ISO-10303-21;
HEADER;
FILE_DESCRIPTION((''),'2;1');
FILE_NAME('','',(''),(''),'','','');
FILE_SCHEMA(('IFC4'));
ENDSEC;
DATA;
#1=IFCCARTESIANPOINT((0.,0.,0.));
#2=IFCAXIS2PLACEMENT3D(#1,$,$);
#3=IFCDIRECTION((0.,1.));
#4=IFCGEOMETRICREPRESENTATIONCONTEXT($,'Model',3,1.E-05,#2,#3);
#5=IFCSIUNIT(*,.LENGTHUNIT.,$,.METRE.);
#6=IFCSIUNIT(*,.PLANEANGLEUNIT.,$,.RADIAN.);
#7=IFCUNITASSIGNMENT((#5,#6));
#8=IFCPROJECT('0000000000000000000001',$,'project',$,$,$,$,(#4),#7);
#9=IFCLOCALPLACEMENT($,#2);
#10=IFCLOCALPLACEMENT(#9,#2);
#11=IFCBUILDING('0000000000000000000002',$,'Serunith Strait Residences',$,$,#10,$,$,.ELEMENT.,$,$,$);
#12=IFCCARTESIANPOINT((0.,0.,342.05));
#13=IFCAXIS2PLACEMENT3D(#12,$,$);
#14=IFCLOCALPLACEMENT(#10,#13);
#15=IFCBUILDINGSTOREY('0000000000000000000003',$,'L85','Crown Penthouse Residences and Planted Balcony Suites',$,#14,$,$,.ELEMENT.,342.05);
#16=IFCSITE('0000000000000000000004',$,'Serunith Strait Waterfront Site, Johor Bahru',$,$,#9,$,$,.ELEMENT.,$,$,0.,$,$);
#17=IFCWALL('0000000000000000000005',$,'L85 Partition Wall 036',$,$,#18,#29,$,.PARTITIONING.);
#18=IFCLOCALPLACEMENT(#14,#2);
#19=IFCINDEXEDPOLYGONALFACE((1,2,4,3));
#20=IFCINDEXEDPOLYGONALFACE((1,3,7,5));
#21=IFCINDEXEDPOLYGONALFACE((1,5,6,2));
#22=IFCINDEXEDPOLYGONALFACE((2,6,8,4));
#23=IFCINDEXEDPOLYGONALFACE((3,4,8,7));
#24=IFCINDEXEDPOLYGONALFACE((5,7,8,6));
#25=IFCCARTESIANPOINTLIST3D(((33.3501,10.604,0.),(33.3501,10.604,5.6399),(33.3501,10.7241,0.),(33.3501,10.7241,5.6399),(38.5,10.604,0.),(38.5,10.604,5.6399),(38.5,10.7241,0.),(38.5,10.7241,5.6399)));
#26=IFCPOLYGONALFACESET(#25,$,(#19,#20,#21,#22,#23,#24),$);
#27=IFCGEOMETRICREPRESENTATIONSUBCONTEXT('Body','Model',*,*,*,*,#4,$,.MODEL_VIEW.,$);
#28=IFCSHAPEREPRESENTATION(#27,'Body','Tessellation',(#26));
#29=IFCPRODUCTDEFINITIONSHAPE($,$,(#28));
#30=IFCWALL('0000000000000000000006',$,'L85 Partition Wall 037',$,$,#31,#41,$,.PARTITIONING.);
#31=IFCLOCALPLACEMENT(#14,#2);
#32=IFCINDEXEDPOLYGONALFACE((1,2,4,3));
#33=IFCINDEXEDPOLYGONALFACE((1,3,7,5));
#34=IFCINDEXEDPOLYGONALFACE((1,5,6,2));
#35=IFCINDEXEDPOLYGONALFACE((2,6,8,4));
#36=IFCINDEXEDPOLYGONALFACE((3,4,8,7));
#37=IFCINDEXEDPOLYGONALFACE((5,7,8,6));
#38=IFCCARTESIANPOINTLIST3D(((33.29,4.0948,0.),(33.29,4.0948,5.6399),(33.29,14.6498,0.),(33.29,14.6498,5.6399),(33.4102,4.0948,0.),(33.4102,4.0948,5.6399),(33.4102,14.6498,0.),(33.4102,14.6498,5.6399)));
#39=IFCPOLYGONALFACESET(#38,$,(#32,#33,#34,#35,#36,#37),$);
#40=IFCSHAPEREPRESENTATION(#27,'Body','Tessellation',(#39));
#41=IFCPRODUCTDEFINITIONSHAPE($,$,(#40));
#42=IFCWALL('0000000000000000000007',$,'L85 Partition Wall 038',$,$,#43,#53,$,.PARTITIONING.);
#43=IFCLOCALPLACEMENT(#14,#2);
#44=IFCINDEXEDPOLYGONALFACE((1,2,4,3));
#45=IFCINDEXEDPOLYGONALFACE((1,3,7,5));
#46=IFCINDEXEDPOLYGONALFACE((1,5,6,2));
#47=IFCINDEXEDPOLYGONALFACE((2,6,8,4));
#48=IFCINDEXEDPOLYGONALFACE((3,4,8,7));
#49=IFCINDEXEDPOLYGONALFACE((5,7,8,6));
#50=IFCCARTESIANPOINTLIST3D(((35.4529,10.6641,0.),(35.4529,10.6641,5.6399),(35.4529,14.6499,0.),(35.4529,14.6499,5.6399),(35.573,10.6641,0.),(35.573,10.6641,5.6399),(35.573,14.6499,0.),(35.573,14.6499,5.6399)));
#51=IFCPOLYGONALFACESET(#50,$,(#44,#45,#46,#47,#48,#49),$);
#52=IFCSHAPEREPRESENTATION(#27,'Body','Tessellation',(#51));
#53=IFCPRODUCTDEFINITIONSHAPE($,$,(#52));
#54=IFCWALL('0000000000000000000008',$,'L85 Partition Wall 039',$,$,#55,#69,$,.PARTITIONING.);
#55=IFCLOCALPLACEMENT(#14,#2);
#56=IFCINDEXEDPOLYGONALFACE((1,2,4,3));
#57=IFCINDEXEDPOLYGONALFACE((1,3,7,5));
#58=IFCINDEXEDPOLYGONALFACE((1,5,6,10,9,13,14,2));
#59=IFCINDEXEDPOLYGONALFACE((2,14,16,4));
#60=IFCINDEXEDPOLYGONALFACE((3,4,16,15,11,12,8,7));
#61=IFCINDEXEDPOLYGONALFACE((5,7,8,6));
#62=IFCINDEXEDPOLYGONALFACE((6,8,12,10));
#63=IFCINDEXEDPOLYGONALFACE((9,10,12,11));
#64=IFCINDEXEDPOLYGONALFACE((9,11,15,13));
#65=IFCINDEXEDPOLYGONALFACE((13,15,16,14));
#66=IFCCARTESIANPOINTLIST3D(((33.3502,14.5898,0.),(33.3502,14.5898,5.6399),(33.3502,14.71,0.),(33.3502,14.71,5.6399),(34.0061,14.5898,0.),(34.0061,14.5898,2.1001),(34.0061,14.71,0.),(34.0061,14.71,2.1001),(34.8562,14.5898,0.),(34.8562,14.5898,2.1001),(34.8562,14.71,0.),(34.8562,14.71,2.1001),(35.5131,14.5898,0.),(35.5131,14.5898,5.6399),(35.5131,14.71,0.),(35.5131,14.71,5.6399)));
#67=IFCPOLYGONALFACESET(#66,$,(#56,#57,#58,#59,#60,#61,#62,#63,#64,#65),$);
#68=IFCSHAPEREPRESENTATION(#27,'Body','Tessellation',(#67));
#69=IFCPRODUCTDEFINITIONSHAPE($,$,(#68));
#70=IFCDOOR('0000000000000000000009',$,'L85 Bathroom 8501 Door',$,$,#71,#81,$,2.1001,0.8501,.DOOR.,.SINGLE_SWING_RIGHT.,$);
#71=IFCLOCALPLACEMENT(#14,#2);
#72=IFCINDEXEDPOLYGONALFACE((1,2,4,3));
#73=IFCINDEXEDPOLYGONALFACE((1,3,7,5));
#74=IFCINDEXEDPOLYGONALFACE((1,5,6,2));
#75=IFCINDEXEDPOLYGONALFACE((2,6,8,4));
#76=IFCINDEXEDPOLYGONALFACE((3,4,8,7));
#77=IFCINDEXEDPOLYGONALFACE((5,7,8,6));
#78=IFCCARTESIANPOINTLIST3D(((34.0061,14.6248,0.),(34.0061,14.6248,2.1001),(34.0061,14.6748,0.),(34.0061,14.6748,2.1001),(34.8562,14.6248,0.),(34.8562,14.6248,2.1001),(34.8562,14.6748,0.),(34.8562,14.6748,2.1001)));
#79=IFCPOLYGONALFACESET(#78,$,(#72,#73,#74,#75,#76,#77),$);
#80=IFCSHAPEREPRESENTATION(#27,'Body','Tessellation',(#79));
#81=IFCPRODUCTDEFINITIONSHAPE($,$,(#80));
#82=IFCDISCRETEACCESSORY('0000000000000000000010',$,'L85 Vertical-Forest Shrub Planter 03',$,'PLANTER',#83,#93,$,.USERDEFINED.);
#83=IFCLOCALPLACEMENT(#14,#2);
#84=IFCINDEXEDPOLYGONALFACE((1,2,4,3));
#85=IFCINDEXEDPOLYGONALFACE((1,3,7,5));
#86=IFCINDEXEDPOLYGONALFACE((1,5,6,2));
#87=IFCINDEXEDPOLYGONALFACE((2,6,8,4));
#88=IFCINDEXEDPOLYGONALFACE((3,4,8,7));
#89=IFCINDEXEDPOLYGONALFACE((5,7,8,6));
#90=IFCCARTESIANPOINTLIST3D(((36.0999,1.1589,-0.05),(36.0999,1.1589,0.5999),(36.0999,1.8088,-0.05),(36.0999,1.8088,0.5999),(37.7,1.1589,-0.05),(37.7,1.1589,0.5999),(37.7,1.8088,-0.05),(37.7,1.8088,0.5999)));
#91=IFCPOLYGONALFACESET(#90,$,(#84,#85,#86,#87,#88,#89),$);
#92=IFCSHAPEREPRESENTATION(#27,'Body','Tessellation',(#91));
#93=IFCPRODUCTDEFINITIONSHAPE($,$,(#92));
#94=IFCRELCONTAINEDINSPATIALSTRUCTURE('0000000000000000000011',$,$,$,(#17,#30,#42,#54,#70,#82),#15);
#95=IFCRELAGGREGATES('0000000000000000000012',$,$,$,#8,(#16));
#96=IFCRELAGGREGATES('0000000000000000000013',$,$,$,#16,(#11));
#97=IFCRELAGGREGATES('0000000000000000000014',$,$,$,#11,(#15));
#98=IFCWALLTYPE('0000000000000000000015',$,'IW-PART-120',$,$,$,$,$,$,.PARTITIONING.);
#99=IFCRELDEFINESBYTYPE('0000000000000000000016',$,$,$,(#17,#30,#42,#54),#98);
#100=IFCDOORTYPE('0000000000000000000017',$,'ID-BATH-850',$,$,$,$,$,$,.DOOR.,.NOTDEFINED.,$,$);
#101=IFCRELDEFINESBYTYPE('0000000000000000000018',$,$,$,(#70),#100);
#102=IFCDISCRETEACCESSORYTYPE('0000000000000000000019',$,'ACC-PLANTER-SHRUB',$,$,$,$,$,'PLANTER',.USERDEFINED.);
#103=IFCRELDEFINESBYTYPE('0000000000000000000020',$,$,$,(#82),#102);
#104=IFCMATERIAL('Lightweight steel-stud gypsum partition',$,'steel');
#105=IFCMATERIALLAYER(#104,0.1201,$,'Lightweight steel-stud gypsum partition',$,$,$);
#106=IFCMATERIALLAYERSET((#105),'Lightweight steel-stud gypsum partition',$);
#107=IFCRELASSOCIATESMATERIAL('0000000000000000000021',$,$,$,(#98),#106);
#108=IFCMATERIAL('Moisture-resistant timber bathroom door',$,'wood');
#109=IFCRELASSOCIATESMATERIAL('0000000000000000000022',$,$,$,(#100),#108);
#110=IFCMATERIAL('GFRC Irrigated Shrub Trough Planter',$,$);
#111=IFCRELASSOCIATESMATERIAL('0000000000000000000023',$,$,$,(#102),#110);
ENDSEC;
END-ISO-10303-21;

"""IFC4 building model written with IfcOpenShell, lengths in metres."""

from ifc_helpers import new_model, si_unit, direction, frame, frame_2d, origin, origin_2d, place, context, subcontext, project, spatial, rectangle, extrude, source, transform, mapped, material, layer, layer_set, type_object, element, fill, save


model = new_model("IFC4")

# Units and contexts
model_context = context("Model", 3, precision=1e-05, world=origin(), true_north=direction((0.0, 1.0)))
body_context = subcontext(model_context, "Body", "Model", "MODEL_VIEW")
ifc_project = project(units=[si_unit("LENGTHUNIT", "METRE"), si_unit("PLANEANGLEUNIT", "RADIAN")], contexts=[model_context])

# Site, building, storey
site_placement = place(None, origin())
site = spatial("IfcSite", under=ifc_project, at=site_placement, Name="Serunith Strait Waterfront Site, Johor Bahru", CompositionType="ELEMENT", RefElevation=0.0)
building_placement = place(site_placement, origin())
building = spatial("IfcBuilding", under=site, at=building_placement, Name="Serunith Strait Residences", CompositionType="ELEMENT")
storey_placement = place(building_placement, frame((0.0, 0.0, 342.05)))
storey = spatial("IfcBuildingStorey", under=building, at=storey_placement, Name="L85", Description="Crown Penthouse Residences and Planted Balcony Suites", CompositionType="ELEMENT", Elevation=342.05)

# Shared definitions
ifc_material_1 = material(Name="Lightweight steel-stud gypsum partition", Category="steel")
ifc_layer_1 = layer(ifc_material_1, 0.1201, Name="Lightweight steel-stud gypsum partition")
ifc_layer_set_1 = layer_set([ifc_layer_1], Name="Lightweight steel-stud gypsum partition")
wall_type = type_object("IfcWallType", Name="IW-PART-120", PredefinedType="PARTITIONING", material=ifc_layer_set_1)
shared_shape_1 = source(origin(), body_context, "Body", "SweptSolid", [
    extrude(rectangle(XDim=0.8501, YDim=2.1001, at=frame_2d((0.425, 1.05))), frame((0.0, 0.0249, 0.0), z_axis=(0.0, -1.0, 0.0), x_axis=(1.0, 0.0, 0.0)), (0.0, 0.0, 1.0), 0.05),
])

# Walls
wall_1_placement = place(storey_placement, frame((33.3501, 10.6641, 0.0), z_axis=(0.0, 0.0, 1.0), x_axis=(1.0, 0.0, 0.0)))
element("IfcWall", 1, at=wall_1_placement, inside=storey, type_object=wall_type, Name="L85 Partition Wall 036", PredefinedType="PARTITIONING", context=body_context, shape_type="SweptSolid", body=[
    extrude(rectangle(XDim=5.1499, YDim=0.1201, at=frame_2d((2.575, 0.0))), origin(), (0.0, 0.0, 1.0), 5.6399),
])
wall_2_placement = place(storey_placement, frame((33.3501, 4.095, 0.0), z_axis=(0.0, 0.0, 1.0), x_axis=(0.0, 1.0, 0.0)))
element("IfcWall", 2, at=wall_2_placement, inside=storey, type_object=wall_type, Name="L85 Partition Wall 037", PredefinedType="PARTITIONING", context=body_context, shape_type="SweptSolid", body=[
    extrude(rectangle(XDim=10.5549, YDim=0.1201, at=frame_2d((5.2773, 0.0))), origin(), (0.0, 0.0, 1.0), 5.6399),
])
wall_3_placement = place(storey_placement, frame((35.5129, 10.6641, 0.0), z_axis=(0.0, 0.0, 1.0), x_axis=(0.0, 1.0, 0.0)))
element("IfcWall", 3, at=wall_3_placement, inside=storey, type_object=wall_type, Name="L85 Partition Wall 038", PredefinedType="PARTITIONING", context=body_context, shape_type="SweptSolid", body=[
    extrude(rectangle(XDim=3.9858, YDim=0.1201, at=frame_2d((1.9929, 0.0))), origin(), (0.0, 0.0, 1.0), 5.6399),
])

# Wall, opening, door
wall_4_placement = place(storey_placement, frame((33.3501, 14.6499, 0.0), z_axis=(0.0, 0.0, 1.0), x_axis=(1.0, 0.0, 0.0)))
wall_4 = element("IfcWall", 4, at=wall_4_placement, inside=storey, type_object=wall_type, Name="L85 Partition Wall 039", PredefinedType="PARTITIONING", context=body_context, shape_type="SweptSolid", body=[
    extrude(rectangle(XDim=2.1628, YDim=0.1201, at=frame_2d((1.0815, 0.0))), origin(), (0.0, 0.0, 1.0), 5.6399),
])
opening_1_placement = place(wall_4_placement, frame((0.656, 0.0, 0.0)))
opening_1 = element("IfcOpeningElement", 5, at=opening_1_placement, cuts=wall_4, PredefinedType="OPENING", context=body_context, shape_type="SweptSolid", body=[
    extrude(rectangle(XDim=0.8501, YDim=2.1001, at=frame_2d((0.425, 1.05))), frame((0.0, 0.0701, 0.0), z_axis=(0.0, -1.0, 0.0), x_axis=(1.0, 0.0, 0.0)), (0.0, 0.0, 1.0), 0.1401),
])
ifc_material_2 = material(Name="Moisture-resistant timber bathroom door", Category="wood")
door_type_1 = type_object("IfcDoorType", Name="ID-BATH-850", OperationType="NOTDEFINED", PredefinedType="DOOR", material=ifc_material_2)
door_1_placement = place(opening_1_placement, origin())
door_1 = element("IfcDoor", 6, at=door_1_placement, inside=storey, type_object=door_type_1, Name="L85 Bathroom 8501 Door", OperationType="SINGLE_SWING_RIGHT", OverallHeight=2.1001, OverallWidth=0.8501, PredefinedType="DOOR", context=body_context, shape_type="MappedRepresentation", body=[
    mapped(shared_shape_1, transform((0.0, 0.0, 0.0), scale=1.0)),
])
fill(opening_1, door_1)

# Discrete accessory
ifc_material_3 = material(Name="GFRC Irrigated Shrub Trough Planter")
discrete_accessory_type = type_object("IfcDiscreteAccessoryType", Name="ACC-PLANTER-SHRUB", ElementType="PLANTER", PredefinedType="USERDEFINED", material=ifc_material_3)
shared_shape_2 = source(origin(), body_context, "Body", "SweptSolid", [
    extrude(rectangle(XDim=1.6001, YDim=0.6499, at=origin_2d()), origin(), (0.0, 0.0, 1.0), 0.6499),
])
discrete_accessory_placement = place(storey_placement, frame((36.8999, 1.4839, -0.05), z_axis=(0.0, 0.0, 1.0), x_axis=(1.0, 0.0, 0.0)))
element("IfcDiscreteAccessory", 7, at=discrete_accessory_placement, inside=storey, type_object=discrete_accessory_type, Name="L85 Vertical-Forest Shrub Planter 03", ObjectType="PLANTER", PredefinedType="USERDEFINED", context=body_context, shape_type="MappedRepresentation", body=[
    mapped(shared_shape_2, transform((0.0, 0.0, 0.0), scale=1.0)),
])

save(model, "model.ifc")
